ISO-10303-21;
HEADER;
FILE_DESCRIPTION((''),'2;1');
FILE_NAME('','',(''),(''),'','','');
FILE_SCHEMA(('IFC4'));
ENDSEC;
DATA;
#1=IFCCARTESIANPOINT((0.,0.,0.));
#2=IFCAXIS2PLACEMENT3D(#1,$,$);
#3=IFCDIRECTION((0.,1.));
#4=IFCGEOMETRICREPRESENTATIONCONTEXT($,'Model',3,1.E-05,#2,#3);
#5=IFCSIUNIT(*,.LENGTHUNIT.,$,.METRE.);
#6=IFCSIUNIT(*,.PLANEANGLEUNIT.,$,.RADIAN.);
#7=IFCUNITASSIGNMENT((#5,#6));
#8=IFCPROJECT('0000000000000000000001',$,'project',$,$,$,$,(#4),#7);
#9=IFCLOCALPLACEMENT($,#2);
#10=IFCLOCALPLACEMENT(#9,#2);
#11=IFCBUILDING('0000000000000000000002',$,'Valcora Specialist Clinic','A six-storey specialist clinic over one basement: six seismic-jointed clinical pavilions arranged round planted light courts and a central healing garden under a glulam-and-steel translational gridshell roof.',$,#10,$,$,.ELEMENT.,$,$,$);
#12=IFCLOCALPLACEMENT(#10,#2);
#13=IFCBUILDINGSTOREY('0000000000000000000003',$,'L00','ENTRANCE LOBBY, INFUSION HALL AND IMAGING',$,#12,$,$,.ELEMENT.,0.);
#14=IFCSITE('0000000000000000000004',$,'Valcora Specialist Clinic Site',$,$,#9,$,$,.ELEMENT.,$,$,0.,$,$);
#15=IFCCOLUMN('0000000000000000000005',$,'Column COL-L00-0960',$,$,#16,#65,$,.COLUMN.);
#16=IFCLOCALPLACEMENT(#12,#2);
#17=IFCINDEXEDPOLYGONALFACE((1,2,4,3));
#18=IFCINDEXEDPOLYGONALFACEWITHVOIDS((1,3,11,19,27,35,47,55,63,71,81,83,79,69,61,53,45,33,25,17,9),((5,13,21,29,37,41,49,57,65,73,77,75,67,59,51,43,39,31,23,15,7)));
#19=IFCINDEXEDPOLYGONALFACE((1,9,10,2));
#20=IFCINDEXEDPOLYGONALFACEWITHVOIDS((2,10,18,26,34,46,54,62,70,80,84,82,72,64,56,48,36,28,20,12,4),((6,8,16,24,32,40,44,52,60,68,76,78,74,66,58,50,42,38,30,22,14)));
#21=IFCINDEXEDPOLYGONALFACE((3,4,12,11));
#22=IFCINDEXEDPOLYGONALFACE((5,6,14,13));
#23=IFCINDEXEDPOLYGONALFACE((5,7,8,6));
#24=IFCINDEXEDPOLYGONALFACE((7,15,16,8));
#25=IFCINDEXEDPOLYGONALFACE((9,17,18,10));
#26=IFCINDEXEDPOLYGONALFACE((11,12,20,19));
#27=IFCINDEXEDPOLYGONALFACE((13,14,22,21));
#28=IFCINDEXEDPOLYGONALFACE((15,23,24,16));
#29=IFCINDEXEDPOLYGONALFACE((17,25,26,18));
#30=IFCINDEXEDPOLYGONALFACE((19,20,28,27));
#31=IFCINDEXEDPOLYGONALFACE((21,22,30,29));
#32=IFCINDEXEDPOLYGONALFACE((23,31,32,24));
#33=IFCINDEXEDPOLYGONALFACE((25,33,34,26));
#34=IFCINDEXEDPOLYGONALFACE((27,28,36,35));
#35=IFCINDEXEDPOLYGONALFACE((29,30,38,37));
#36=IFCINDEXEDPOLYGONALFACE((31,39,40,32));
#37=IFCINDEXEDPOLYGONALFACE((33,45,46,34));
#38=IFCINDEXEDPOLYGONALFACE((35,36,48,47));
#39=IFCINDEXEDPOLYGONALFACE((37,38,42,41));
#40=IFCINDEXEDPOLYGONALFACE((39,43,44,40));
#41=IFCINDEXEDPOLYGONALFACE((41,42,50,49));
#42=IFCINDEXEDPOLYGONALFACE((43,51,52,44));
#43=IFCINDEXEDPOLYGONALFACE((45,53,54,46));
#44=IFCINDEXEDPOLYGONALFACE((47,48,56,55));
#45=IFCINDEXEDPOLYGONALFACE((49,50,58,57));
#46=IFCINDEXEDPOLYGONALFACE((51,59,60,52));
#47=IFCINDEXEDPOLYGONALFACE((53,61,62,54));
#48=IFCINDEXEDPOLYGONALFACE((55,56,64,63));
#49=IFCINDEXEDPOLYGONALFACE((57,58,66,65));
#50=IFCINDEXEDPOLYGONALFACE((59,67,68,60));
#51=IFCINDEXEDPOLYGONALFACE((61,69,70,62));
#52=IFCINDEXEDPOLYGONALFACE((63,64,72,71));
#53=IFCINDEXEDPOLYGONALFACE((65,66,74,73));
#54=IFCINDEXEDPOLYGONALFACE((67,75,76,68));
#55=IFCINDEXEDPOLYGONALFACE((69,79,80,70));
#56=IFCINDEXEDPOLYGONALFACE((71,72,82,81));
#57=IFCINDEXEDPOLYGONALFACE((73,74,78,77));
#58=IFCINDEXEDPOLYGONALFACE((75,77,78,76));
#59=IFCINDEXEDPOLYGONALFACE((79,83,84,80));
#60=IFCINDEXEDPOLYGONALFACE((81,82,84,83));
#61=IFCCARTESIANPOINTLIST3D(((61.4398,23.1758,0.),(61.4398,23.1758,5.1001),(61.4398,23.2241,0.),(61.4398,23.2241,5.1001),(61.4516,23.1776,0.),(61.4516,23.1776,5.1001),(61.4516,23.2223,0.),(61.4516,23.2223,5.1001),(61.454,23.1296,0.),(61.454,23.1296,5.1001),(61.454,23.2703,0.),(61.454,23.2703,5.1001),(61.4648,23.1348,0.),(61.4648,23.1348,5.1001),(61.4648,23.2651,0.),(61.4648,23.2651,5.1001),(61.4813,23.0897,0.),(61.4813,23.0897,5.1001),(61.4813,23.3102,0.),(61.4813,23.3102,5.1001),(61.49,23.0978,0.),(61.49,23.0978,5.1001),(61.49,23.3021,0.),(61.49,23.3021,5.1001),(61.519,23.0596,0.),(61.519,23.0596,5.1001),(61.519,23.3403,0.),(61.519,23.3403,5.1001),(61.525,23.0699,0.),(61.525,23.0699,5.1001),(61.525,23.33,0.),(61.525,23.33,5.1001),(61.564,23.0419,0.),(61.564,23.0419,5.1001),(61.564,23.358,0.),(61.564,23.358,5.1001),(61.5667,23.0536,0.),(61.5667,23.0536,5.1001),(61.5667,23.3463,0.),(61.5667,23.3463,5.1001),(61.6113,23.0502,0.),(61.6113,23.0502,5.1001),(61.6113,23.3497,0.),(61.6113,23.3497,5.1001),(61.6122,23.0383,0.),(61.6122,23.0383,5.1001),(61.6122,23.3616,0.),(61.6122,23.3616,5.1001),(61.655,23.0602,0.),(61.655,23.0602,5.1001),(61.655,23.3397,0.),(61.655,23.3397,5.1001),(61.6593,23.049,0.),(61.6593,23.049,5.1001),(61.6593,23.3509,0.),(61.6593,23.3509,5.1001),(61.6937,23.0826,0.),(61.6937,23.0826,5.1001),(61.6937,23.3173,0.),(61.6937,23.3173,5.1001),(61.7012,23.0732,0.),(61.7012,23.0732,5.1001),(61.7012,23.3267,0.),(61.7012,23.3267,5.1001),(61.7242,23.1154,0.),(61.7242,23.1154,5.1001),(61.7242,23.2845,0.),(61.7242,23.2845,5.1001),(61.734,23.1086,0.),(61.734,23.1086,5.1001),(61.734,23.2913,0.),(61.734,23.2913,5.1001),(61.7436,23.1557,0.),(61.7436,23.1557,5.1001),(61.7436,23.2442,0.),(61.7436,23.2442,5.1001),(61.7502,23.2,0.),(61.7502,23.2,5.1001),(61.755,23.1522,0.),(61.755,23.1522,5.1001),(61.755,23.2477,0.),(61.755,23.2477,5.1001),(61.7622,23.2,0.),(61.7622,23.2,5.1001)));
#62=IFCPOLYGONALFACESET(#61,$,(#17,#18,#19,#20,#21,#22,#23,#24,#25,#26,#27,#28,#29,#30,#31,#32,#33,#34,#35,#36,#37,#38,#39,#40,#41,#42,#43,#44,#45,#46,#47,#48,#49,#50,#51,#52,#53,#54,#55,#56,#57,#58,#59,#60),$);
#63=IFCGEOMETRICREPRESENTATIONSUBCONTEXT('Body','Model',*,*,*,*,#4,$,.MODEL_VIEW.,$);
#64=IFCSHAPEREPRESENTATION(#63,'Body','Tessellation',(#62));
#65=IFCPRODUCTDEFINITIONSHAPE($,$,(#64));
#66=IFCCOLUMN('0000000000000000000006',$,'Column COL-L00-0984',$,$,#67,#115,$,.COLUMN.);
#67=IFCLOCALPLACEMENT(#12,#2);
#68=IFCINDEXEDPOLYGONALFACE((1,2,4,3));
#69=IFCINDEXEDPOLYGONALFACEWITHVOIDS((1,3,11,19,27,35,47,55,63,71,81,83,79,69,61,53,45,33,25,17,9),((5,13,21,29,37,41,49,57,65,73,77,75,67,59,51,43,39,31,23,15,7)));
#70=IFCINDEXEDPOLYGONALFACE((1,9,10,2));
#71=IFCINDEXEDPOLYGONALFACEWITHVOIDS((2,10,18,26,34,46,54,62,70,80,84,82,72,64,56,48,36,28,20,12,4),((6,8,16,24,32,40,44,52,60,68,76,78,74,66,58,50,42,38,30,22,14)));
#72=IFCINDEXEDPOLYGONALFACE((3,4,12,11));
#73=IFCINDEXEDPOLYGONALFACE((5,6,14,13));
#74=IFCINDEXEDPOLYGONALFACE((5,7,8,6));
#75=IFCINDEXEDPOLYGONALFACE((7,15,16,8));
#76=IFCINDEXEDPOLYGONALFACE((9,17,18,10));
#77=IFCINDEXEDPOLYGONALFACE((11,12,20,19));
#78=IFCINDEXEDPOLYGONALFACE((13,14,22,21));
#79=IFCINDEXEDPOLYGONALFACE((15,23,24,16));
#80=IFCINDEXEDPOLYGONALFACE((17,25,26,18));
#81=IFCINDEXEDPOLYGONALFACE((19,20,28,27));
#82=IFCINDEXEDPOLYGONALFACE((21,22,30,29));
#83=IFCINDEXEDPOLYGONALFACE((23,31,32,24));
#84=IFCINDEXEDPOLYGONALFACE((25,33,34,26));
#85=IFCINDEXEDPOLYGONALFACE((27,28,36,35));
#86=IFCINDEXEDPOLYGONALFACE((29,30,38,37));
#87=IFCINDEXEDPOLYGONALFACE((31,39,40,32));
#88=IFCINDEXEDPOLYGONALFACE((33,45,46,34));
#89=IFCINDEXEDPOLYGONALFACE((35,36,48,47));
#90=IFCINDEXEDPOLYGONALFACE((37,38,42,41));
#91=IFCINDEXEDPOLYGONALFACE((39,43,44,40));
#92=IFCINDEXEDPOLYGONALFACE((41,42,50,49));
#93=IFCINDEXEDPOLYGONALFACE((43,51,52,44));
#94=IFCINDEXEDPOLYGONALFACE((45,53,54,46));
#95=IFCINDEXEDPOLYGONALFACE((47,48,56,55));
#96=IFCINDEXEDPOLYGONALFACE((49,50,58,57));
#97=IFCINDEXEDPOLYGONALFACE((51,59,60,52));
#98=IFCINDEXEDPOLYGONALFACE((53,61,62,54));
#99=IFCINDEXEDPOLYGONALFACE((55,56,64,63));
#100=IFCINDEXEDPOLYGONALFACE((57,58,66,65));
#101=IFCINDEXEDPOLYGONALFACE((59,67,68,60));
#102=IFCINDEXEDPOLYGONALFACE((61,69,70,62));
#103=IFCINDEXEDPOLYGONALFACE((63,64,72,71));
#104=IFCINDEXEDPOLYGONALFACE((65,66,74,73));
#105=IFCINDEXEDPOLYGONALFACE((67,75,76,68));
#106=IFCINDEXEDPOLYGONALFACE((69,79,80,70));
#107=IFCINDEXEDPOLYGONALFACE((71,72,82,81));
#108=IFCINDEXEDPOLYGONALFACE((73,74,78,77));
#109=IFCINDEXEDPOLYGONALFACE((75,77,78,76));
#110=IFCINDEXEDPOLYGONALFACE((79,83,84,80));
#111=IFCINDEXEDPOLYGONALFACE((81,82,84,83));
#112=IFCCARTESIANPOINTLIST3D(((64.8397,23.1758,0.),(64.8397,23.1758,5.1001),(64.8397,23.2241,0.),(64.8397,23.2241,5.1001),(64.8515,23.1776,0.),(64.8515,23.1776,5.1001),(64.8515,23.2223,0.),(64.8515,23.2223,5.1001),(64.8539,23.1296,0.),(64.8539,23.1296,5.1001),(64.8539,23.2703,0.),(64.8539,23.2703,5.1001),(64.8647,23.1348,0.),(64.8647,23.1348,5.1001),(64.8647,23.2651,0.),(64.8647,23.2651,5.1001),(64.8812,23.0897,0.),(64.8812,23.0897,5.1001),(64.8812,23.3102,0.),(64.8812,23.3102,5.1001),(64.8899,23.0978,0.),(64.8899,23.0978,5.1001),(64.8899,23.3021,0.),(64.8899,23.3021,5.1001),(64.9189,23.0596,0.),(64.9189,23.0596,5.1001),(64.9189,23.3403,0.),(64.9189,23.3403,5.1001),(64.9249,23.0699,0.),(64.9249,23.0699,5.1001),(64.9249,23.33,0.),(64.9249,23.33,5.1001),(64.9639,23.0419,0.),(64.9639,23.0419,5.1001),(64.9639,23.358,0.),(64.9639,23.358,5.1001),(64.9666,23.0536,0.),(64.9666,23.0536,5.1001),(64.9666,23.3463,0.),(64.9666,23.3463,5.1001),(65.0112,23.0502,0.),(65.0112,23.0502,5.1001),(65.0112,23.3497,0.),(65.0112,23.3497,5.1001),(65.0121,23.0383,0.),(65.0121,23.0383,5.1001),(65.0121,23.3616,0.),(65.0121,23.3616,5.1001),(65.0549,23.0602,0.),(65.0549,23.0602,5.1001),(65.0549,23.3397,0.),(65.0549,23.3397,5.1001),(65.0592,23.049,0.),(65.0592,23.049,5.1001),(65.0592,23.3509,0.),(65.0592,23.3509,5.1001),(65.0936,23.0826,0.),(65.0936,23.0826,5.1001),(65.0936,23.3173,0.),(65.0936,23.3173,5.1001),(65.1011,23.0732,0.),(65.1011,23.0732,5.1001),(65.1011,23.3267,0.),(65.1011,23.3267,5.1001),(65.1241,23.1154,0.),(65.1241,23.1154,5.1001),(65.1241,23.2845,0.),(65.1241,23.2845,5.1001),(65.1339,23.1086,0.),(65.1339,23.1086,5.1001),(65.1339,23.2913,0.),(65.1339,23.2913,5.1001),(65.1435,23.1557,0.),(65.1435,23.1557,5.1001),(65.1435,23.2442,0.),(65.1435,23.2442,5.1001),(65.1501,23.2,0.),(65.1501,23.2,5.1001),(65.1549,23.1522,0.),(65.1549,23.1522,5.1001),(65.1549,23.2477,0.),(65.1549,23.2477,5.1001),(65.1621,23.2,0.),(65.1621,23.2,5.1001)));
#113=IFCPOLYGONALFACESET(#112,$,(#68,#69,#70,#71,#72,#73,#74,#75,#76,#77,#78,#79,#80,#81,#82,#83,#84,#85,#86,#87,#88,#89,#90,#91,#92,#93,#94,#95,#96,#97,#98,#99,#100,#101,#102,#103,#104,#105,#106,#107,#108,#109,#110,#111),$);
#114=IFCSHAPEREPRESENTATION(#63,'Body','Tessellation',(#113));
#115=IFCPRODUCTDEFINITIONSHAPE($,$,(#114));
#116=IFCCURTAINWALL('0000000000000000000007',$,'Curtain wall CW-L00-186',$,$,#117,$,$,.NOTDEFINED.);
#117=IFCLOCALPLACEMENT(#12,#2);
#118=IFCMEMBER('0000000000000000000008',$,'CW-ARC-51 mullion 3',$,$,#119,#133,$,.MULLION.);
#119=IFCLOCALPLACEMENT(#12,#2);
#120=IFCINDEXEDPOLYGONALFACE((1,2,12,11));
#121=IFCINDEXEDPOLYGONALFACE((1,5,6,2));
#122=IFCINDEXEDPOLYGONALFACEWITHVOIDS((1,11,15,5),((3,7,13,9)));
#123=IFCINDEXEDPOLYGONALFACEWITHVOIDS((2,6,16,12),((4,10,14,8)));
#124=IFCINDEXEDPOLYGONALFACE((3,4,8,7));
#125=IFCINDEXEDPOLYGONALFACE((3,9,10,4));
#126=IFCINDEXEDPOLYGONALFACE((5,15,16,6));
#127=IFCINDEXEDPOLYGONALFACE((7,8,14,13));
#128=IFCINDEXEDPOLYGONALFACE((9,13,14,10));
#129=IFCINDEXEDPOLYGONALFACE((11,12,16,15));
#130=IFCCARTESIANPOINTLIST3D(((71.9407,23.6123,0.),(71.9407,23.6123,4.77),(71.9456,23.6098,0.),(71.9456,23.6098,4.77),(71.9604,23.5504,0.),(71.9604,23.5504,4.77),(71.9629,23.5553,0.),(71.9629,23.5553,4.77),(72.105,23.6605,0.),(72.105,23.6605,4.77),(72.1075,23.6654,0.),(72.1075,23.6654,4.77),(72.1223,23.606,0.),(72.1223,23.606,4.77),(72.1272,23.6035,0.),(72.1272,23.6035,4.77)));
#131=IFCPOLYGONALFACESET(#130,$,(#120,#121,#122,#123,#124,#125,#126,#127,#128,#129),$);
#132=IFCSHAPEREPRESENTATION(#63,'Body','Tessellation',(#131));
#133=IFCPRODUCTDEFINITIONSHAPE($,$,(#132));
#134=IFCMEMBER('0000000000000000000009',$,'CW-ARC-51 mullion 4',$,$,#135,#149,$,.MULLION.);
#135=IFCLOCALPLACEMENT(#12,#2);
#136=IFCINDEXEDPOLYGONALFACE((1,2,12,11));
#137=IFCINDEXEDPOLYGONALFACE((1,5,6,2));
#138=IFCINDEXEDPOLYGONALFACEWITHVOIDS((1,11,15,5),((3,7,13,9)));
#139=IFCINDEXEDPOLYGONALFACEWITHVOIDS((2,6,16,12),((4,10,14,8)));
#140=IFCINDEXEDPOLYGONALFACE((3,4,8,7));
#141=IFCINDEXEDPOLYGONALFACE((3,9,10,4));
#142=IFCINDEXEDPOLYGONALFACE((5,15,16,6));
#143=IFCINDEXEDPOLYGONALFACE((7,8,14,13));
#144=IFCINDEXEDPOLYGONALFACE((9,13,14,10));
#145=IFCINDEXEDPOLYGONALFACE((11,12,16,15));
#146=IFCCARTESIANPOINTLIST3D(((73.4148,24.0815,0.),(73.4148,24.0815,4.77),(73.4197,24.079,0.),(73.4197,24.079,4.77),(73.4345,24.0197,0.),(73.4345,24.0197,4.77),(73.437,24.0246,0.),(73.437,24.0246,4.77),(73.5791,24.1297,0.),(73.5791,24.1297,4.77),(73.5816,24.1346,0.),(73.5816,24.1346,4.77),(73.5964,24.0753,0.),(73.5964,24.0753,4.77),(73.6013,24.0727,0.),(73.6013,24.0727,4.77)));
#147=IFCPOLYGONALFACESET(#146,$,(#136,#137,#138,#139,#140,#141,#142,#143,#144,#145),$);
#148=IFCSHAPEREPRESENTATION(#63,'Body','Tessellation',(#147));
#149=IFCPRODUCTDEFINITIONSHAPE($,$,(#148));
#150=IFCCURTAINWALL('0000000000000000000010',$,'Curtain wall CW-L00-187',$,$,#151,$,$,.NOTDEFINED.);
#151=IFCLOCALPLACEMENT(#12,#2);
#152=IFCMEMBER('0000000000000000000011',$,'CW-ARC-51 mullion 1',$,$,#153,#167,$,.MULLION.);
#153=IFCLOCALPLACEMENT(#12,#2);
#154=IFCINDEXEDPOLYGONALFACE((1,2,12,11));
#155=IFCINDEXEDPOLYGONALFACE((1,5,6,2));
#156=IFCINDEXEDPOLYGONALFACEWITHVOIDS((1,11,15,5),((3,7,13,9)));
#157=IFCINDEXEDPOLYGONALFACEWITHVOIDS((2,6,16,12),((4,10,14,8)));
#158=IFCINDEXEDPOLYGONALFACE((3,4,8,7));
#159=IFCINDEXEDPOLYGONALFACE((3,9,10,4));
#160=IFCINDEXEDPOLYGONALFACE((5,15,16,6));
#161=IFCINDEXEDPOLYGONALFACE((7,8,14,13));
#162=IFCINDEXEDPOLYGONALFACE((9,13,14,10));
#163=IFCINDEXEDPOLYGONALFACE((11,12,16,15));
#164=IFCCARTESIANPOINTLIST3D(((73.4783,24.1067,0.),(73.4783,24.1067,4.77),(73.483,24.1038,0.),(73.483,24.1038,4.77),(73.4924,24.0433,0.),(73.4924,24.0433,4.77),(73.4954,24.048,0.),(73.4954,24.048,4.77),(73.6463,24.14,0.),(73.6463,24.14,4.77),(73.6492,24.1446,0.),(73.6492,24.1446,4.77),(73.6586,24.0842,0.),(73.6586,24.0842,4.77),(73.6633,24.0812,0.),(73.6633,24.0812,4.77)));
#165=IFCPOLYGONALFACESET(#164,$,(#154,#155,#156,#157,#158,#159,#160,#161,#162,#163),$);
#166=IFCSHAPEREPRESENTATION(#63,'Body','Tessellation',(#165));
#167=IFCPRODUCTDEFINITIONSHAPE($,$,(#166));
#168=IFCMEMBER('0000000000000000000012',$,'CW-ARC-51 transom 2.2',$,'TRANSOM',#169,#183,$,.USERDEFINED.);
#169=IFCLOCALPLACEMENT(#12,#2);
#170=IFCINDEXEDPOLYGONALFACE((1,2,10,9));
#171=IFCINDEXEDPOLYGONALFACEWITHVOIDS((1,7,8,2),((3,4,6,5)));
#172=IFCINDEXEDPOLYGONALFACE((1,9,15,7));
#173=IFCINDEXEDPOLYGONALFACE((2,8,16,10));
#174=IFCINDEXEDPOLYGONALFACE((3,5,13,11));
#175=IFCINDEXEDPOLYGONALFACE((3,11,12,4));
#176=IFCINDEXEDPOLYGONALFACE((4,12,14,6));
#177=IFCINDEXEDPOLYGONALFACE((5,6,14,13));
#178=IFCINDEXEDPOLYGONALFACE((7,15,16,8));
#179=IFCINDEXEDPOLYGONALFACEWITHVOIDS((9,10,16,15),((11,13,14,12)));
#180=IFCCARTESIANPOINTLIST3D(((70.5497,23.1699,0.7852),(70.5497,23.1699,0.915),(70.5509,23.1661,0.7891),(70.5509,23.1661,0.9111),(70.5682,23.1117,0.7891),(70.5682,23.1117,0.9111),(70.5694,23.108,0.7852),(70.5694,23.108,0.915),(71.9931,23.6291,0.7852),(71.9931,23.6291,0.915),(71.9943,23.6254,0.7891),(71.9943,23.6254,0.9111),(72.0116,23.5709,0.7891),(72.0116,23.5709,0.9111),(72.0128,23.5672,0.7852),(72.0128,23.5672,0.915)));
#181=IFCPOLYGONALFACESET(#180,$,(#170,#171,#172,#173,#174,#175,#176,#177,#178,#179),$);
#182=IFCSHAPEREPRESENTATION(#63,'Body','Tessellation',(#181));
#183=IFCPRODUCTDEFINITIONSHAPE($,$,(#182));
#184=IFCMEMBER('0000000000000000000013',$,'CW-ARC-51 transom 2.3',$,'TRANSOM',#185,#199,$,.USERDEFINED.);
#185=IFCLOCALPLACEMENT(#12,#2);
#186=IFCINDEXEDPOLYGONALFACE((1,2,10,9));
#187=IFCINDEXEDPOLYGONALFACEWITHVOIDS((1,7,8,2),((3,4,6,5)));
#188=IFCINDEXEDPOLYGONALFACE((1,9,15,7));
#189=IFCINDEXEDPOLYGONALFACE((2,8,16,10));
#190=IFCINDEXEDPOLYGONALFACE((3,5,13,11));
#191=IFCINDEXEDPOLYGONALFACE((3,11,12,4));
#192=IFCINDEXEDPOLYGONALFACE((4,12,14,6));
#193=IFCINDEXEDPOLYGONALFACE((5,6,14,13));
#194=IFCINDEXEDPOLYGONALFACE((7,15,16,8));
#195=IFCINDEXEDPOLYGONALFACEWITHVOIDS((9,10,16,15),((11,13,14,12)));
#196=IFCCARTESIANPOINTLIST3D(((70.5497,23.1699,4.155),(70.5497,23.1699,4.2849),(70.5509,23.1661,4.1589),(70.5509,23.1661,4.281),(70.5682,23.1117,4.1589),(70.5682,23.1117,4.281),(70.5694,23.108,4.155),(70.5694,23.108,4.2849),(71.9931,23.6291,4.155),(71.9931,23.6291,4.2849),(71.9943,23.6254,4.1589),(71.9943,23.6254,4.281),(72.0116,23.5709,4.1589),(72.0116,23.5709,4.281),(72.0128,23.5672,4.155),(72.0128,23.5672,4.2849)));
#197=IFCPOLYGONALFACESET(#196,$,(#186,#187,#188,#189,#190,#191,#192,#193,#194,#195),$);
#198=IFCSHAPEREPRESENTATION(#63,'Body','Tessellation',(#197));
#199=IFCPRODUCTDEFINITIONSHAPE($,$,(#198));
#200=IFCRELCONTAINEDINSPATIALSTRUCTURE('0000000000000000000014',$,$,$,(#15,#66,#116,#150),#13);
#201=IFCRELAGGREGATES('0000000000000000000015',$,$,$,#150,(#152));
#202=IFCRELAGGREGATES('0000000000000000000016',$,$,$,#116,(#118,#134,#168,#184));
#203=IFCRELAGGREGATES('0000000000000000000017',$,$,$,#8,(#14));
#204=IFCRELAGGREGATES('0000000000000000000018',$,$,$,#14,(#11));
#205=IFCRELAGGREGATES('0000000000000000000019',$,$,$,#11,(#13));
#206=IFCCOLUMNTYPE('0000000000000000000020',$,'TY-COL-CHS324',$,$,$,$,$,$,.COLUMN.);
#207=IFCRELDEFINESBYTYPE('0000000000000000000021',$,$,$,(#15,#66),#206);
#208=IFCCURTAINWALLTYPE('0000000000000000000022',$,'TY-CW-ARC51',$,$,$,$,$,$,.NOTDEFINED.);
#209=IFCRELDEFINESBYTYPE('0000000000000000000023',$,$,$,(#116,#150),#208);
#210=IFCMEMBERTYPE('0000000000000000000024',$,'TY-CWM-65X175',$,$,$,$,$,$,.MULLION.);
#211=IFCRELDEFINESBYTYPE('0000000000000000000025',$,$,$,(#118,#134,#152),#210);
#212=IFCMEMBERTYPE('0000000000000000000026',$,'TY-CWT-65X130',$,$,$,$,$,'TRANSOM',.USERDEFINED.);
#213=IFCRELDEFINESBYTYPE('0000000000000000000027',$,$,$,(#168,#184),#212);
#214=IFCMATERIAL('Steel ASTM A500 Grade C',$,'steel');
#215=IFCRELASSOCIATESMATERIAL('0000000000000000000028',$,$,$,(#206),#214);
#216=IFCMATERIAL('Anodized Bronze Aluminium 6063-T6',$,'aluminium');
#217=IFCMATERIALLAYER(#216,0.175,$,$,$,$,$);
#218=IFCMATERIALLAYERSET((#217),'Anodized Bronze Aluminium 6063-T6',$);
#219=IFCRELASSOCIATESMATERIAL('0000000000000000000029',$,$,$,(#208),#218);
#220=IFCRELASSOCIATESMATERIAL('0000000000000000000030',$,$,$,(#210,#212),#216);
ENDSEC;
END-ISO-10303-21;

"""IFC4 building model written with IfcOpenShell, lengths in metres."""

from ifc_helpers import new_model, si_unit, direction, frame, origin, origin_2d, place, context, subcontext, project, spatial, hollow_rectangle, hollow_circle, extrude, material, layer, layer_set, material_profile, profile_set, type_object, element, aggregate, save


model = new_model("IFC4")

# Units and contexts
model_context = context("Model", 3, precision=1e-05, world=origin(), true_north=direction((0.0, 1.0)))
body_context = subcontext(model_context, "Body", "Model", "MODEL_VIEW")
ifc_project = project(units=[si_unit("LENGTHUNIT", "METRE"), si_unit("PLANEANGLEUNIT", "RADIAN")], contexts=[model_context])

# Site, building, storey
site_placement = place(None, origin())
site = spatial("IfcSite", under=ifc_project, at=site_placement, Name="Valcora Specialist Clinic Site", CompositionType="ELEMENT", RefElevation=0.0)
building_placement = place(site_placement, origin())
building = spatial("IfcBuilding", under=site, at=building_placement, Name="Valcora Specialist Clinic", Description="A six-storey specialist clinic over one basement: six seismic-jointed clinical pavilions arranged round planted light courts and a central healing garden under a glulam-and-steel translational gridshell roof.", CompositionType="ELEMENT")
storey_placement = place(building_placement, origin())
storey = spatial("IfcBuildingStorey", under=building, at=storey_placement, Name="L00", Description="ENTRANCE LOBBY, INFUSION HALL AND IMAGING", CompositionType="ELEMENT", Elevation=0.0)

# Columns
ifc_material_1 = material(Name="Steel ASTM A500 Grade C", Category="steel")
ifc_material_profile_1 = material_profile(ifc_material_1, hollow_circle(Radius=0.1621, WallThickness=0.012, at=origin_2d()), Name="ST-CHS-324X12")
ifc_profile_set_1 = profile_set([ifc_material_profile_1], Name="Steel ASTM A500 Grade C")
column_type = type_object("IfcColumnType", Name="TY-COL-CHS324", PredefinedType="COLUMN", material=ifc_profile_set_1)
for number, where, z_axis, x_axis, name in (
    (1, (61.6001, 23.2, 0.0), (0.0, 0.0, 1.0), (1.0, 0.0, 0.0), "Column COL-L00-0960"),
    (2, (65.0, 23.2, 0.0), (0.0, 0.0, 1.0), (1.0, 0.0, 0.0), "Column COL-L00-0984"),
):
    element("IfcColumn", number, at=place(storey_placement, frame(where, z_axis=z_axis, x_axis=x_axis)), inside=storey, type_object=column_type, Name=name, PredefinedType="COLUMN", context=body_context, shape_type="SweptSolid", body=[
        extrude(hollow_circle(Radius=0.1621, WallThickness=0.012, at=origin_2d()), origin(), (0.0, 0.0, 1.0), 5.1001),
    ])

# Curtain wall, members
ifc_material_2 = material(Name="Anodized Bronze Aluminium 6063-T6", Category="aluminium")
ifc_layer_1 = layer(ifc_material_2, 0.175)
ifc_layer_set_1 = layer_set([ifc_layer_1], Name="Anodized Bronze Aluminium 6063-T6")
curtain_wall_type = type_object("IfcCurtainWallType", Name="TY-CW-ARC51", PredefinedType="NOTDEFINED", material=ifc_layer_set_1)
curtain_wall_1_placement = place(storey_placement, origin())
curtain_wall_1 = element("IfcCurtainWall", 3, at=curtain_wall_1_placement, inside=storey, type_object=curtain_wall_type, Name="Curtain wall CW-L00-186", PredefinedType="NOTDEFINED")
ifc_material_profile_2 = material_profile(ifc_material_2, hollow_rectangle(XDim=0.0649, YDim=0.175, WallThickness=0.0039, at=origin_2d()), Name="AL-MUL-65X175")
ifc_profile_set_2 = profile_set([ifc_material_profile_2], Name="Anodized Bronze Aluminium 6063-T6")
member_type_1 = type_object("IfcMemberType", Name="TY-CWM-65X175", PredefinedType="MULLION", material=ifc_profile_set_2)
member_1_placement = place(storey_placement, frame((72.0339, 23.6079, 0.0), z_axis=(0.0, 0.0, 1.0), x_axis=(-0.303233, 0.952916, 0.0)))
member_1 = element("IfcMember", 4, at=member_1_placement, type_object=member_type_1, Name="CW-ARC-51 mullion 3", PredefinedType="MULLION", context=body_context, shape_type="SweptSolid", body=[
    extrude(hollow_rectangle(XDim=0.0649, YDim=0.175, WallThickness=0.0039, at=origin_2d()), origin(), (0.0, 0.0, 1.0), 4.77),
])
member_2_placement = place(storey_placement, frame((73.5081, 24.0771, 0.0), z_axis=(0.0, 0.0, 1.0), x_axis=(-0.303233, 0.952916, 0.0)))
member_2 = element("IfcMember", 5, at=member_2_placement, type_object=member_type_1, Name="CW-ARC-51 mullion 4", PredefinedType="MULLION", context=body_context, shape_type="SweptSolid", body=[
    extrude(hollow_rectangle(XDim=0.0649, YDim=0.175, WallThickness=0.0039, at=origin_2d()), origin(), (0.0, 0.0, 1.0), 4.77),
])

# Curtain wall, member
curtain_wall_2_placement = place(storey_placement, origin())
curtain_wall_2 = element("IfcCurtainWall", 6, at=curtain_wall_2_placement, inside=storey, type_object=curtain_wall_type, Name="Curtain wall CW-L00-187", PredefinedType="NOTDEFINED")
member_3_placement = place(storey_placement, frame((73.5708, 24.094, 0.0), z_axis=(0.0, 0.0, 1.0), x_axis=(-0.216518, 0.976279, 0.0)))
member_3 = element("IfcMember", 7, at=member_3_placement, type_object=member_type_1, Name="CW-ARC-51 mullion 1", PredefinedType="MULLION", context=body_context, shape_type="SweptSolid", body=[
    extrude(hollow_rectangle(XDim=0.0649, YDim=0.175, WallThickness=0.0039, at=origin_2d()), origin(), (0.0, 0.0, 1.0), 4.77),
])

# Members
ifc_material_profile_3 = material_profile(ifc_material_2, hollow_rectangle(XDim=0.0649, YDim=0.1299, WallThickness=0.0039, at=origin_2d()), Name="AL-TRN-65X130")
ifc_profile_set_3 = profile_set([ifc_material_profile_3], Name="Anodized Bronze Aluminium 6063-T6")
member_type_2 = type_object("IfcMemberType", Name="TY-CWT-65X130", ElementType="TRANSOM", PredefinedType="USERDEFINED", material=ifc_profile_set_3)
member_4_placement = place(storey_placement, frame((70.5596, 23.1389, 0.8501), z_axis=(0.95293, 0.30319, 0.0), x_axis=(-0.30319, 0.95293, 0.0)))
member_4 = element("IfcMember", 8, at=member_4_placement, type_object=member_type_2, Name="CW-ARC-51 transom 2.2", ObjectType="TRANSOM", PredefinedType="USERDEFINED", context=body_context, shape_type="SweptSolid", body=[
    extrude(hollow_rectangle(XDim=0.0649, YDim=0.1299, WallThickness=0.0039, at=origin_2d()), origin(), (0.0, 0.0, 1.0), 1.5146),
])
member_5_placement = place(storey_placement, frame((70.5596, 23.1389, 4.22), z_axis=(0.95293, 0.30319, 0.0), x_axis=(-0.30319, 0.95293, 0.0)))
member_5 = element("IfcMember", 9, at=member_5_placement, type_object=member_type_2, Name="CW-ARC-51 transom 2.3", ObjectType="TRANSOM", PredefinedType="USERDEFINED", context=body_context, shape_type="SweptSolid", body=[
    extrude(hollow_rectangle(XDim=0.0649, YDim=0.1299, WallThickness=0.0039, at=origin_2d()), origin(), (0.0, 0.0, 1.0), 1.5146),
])
aggregate(curtain_wall_2, [member_3])

aggregate(curtain_wall_1, [member_1, member_2, member_4, member_5])

save(model, "model.ifc")
